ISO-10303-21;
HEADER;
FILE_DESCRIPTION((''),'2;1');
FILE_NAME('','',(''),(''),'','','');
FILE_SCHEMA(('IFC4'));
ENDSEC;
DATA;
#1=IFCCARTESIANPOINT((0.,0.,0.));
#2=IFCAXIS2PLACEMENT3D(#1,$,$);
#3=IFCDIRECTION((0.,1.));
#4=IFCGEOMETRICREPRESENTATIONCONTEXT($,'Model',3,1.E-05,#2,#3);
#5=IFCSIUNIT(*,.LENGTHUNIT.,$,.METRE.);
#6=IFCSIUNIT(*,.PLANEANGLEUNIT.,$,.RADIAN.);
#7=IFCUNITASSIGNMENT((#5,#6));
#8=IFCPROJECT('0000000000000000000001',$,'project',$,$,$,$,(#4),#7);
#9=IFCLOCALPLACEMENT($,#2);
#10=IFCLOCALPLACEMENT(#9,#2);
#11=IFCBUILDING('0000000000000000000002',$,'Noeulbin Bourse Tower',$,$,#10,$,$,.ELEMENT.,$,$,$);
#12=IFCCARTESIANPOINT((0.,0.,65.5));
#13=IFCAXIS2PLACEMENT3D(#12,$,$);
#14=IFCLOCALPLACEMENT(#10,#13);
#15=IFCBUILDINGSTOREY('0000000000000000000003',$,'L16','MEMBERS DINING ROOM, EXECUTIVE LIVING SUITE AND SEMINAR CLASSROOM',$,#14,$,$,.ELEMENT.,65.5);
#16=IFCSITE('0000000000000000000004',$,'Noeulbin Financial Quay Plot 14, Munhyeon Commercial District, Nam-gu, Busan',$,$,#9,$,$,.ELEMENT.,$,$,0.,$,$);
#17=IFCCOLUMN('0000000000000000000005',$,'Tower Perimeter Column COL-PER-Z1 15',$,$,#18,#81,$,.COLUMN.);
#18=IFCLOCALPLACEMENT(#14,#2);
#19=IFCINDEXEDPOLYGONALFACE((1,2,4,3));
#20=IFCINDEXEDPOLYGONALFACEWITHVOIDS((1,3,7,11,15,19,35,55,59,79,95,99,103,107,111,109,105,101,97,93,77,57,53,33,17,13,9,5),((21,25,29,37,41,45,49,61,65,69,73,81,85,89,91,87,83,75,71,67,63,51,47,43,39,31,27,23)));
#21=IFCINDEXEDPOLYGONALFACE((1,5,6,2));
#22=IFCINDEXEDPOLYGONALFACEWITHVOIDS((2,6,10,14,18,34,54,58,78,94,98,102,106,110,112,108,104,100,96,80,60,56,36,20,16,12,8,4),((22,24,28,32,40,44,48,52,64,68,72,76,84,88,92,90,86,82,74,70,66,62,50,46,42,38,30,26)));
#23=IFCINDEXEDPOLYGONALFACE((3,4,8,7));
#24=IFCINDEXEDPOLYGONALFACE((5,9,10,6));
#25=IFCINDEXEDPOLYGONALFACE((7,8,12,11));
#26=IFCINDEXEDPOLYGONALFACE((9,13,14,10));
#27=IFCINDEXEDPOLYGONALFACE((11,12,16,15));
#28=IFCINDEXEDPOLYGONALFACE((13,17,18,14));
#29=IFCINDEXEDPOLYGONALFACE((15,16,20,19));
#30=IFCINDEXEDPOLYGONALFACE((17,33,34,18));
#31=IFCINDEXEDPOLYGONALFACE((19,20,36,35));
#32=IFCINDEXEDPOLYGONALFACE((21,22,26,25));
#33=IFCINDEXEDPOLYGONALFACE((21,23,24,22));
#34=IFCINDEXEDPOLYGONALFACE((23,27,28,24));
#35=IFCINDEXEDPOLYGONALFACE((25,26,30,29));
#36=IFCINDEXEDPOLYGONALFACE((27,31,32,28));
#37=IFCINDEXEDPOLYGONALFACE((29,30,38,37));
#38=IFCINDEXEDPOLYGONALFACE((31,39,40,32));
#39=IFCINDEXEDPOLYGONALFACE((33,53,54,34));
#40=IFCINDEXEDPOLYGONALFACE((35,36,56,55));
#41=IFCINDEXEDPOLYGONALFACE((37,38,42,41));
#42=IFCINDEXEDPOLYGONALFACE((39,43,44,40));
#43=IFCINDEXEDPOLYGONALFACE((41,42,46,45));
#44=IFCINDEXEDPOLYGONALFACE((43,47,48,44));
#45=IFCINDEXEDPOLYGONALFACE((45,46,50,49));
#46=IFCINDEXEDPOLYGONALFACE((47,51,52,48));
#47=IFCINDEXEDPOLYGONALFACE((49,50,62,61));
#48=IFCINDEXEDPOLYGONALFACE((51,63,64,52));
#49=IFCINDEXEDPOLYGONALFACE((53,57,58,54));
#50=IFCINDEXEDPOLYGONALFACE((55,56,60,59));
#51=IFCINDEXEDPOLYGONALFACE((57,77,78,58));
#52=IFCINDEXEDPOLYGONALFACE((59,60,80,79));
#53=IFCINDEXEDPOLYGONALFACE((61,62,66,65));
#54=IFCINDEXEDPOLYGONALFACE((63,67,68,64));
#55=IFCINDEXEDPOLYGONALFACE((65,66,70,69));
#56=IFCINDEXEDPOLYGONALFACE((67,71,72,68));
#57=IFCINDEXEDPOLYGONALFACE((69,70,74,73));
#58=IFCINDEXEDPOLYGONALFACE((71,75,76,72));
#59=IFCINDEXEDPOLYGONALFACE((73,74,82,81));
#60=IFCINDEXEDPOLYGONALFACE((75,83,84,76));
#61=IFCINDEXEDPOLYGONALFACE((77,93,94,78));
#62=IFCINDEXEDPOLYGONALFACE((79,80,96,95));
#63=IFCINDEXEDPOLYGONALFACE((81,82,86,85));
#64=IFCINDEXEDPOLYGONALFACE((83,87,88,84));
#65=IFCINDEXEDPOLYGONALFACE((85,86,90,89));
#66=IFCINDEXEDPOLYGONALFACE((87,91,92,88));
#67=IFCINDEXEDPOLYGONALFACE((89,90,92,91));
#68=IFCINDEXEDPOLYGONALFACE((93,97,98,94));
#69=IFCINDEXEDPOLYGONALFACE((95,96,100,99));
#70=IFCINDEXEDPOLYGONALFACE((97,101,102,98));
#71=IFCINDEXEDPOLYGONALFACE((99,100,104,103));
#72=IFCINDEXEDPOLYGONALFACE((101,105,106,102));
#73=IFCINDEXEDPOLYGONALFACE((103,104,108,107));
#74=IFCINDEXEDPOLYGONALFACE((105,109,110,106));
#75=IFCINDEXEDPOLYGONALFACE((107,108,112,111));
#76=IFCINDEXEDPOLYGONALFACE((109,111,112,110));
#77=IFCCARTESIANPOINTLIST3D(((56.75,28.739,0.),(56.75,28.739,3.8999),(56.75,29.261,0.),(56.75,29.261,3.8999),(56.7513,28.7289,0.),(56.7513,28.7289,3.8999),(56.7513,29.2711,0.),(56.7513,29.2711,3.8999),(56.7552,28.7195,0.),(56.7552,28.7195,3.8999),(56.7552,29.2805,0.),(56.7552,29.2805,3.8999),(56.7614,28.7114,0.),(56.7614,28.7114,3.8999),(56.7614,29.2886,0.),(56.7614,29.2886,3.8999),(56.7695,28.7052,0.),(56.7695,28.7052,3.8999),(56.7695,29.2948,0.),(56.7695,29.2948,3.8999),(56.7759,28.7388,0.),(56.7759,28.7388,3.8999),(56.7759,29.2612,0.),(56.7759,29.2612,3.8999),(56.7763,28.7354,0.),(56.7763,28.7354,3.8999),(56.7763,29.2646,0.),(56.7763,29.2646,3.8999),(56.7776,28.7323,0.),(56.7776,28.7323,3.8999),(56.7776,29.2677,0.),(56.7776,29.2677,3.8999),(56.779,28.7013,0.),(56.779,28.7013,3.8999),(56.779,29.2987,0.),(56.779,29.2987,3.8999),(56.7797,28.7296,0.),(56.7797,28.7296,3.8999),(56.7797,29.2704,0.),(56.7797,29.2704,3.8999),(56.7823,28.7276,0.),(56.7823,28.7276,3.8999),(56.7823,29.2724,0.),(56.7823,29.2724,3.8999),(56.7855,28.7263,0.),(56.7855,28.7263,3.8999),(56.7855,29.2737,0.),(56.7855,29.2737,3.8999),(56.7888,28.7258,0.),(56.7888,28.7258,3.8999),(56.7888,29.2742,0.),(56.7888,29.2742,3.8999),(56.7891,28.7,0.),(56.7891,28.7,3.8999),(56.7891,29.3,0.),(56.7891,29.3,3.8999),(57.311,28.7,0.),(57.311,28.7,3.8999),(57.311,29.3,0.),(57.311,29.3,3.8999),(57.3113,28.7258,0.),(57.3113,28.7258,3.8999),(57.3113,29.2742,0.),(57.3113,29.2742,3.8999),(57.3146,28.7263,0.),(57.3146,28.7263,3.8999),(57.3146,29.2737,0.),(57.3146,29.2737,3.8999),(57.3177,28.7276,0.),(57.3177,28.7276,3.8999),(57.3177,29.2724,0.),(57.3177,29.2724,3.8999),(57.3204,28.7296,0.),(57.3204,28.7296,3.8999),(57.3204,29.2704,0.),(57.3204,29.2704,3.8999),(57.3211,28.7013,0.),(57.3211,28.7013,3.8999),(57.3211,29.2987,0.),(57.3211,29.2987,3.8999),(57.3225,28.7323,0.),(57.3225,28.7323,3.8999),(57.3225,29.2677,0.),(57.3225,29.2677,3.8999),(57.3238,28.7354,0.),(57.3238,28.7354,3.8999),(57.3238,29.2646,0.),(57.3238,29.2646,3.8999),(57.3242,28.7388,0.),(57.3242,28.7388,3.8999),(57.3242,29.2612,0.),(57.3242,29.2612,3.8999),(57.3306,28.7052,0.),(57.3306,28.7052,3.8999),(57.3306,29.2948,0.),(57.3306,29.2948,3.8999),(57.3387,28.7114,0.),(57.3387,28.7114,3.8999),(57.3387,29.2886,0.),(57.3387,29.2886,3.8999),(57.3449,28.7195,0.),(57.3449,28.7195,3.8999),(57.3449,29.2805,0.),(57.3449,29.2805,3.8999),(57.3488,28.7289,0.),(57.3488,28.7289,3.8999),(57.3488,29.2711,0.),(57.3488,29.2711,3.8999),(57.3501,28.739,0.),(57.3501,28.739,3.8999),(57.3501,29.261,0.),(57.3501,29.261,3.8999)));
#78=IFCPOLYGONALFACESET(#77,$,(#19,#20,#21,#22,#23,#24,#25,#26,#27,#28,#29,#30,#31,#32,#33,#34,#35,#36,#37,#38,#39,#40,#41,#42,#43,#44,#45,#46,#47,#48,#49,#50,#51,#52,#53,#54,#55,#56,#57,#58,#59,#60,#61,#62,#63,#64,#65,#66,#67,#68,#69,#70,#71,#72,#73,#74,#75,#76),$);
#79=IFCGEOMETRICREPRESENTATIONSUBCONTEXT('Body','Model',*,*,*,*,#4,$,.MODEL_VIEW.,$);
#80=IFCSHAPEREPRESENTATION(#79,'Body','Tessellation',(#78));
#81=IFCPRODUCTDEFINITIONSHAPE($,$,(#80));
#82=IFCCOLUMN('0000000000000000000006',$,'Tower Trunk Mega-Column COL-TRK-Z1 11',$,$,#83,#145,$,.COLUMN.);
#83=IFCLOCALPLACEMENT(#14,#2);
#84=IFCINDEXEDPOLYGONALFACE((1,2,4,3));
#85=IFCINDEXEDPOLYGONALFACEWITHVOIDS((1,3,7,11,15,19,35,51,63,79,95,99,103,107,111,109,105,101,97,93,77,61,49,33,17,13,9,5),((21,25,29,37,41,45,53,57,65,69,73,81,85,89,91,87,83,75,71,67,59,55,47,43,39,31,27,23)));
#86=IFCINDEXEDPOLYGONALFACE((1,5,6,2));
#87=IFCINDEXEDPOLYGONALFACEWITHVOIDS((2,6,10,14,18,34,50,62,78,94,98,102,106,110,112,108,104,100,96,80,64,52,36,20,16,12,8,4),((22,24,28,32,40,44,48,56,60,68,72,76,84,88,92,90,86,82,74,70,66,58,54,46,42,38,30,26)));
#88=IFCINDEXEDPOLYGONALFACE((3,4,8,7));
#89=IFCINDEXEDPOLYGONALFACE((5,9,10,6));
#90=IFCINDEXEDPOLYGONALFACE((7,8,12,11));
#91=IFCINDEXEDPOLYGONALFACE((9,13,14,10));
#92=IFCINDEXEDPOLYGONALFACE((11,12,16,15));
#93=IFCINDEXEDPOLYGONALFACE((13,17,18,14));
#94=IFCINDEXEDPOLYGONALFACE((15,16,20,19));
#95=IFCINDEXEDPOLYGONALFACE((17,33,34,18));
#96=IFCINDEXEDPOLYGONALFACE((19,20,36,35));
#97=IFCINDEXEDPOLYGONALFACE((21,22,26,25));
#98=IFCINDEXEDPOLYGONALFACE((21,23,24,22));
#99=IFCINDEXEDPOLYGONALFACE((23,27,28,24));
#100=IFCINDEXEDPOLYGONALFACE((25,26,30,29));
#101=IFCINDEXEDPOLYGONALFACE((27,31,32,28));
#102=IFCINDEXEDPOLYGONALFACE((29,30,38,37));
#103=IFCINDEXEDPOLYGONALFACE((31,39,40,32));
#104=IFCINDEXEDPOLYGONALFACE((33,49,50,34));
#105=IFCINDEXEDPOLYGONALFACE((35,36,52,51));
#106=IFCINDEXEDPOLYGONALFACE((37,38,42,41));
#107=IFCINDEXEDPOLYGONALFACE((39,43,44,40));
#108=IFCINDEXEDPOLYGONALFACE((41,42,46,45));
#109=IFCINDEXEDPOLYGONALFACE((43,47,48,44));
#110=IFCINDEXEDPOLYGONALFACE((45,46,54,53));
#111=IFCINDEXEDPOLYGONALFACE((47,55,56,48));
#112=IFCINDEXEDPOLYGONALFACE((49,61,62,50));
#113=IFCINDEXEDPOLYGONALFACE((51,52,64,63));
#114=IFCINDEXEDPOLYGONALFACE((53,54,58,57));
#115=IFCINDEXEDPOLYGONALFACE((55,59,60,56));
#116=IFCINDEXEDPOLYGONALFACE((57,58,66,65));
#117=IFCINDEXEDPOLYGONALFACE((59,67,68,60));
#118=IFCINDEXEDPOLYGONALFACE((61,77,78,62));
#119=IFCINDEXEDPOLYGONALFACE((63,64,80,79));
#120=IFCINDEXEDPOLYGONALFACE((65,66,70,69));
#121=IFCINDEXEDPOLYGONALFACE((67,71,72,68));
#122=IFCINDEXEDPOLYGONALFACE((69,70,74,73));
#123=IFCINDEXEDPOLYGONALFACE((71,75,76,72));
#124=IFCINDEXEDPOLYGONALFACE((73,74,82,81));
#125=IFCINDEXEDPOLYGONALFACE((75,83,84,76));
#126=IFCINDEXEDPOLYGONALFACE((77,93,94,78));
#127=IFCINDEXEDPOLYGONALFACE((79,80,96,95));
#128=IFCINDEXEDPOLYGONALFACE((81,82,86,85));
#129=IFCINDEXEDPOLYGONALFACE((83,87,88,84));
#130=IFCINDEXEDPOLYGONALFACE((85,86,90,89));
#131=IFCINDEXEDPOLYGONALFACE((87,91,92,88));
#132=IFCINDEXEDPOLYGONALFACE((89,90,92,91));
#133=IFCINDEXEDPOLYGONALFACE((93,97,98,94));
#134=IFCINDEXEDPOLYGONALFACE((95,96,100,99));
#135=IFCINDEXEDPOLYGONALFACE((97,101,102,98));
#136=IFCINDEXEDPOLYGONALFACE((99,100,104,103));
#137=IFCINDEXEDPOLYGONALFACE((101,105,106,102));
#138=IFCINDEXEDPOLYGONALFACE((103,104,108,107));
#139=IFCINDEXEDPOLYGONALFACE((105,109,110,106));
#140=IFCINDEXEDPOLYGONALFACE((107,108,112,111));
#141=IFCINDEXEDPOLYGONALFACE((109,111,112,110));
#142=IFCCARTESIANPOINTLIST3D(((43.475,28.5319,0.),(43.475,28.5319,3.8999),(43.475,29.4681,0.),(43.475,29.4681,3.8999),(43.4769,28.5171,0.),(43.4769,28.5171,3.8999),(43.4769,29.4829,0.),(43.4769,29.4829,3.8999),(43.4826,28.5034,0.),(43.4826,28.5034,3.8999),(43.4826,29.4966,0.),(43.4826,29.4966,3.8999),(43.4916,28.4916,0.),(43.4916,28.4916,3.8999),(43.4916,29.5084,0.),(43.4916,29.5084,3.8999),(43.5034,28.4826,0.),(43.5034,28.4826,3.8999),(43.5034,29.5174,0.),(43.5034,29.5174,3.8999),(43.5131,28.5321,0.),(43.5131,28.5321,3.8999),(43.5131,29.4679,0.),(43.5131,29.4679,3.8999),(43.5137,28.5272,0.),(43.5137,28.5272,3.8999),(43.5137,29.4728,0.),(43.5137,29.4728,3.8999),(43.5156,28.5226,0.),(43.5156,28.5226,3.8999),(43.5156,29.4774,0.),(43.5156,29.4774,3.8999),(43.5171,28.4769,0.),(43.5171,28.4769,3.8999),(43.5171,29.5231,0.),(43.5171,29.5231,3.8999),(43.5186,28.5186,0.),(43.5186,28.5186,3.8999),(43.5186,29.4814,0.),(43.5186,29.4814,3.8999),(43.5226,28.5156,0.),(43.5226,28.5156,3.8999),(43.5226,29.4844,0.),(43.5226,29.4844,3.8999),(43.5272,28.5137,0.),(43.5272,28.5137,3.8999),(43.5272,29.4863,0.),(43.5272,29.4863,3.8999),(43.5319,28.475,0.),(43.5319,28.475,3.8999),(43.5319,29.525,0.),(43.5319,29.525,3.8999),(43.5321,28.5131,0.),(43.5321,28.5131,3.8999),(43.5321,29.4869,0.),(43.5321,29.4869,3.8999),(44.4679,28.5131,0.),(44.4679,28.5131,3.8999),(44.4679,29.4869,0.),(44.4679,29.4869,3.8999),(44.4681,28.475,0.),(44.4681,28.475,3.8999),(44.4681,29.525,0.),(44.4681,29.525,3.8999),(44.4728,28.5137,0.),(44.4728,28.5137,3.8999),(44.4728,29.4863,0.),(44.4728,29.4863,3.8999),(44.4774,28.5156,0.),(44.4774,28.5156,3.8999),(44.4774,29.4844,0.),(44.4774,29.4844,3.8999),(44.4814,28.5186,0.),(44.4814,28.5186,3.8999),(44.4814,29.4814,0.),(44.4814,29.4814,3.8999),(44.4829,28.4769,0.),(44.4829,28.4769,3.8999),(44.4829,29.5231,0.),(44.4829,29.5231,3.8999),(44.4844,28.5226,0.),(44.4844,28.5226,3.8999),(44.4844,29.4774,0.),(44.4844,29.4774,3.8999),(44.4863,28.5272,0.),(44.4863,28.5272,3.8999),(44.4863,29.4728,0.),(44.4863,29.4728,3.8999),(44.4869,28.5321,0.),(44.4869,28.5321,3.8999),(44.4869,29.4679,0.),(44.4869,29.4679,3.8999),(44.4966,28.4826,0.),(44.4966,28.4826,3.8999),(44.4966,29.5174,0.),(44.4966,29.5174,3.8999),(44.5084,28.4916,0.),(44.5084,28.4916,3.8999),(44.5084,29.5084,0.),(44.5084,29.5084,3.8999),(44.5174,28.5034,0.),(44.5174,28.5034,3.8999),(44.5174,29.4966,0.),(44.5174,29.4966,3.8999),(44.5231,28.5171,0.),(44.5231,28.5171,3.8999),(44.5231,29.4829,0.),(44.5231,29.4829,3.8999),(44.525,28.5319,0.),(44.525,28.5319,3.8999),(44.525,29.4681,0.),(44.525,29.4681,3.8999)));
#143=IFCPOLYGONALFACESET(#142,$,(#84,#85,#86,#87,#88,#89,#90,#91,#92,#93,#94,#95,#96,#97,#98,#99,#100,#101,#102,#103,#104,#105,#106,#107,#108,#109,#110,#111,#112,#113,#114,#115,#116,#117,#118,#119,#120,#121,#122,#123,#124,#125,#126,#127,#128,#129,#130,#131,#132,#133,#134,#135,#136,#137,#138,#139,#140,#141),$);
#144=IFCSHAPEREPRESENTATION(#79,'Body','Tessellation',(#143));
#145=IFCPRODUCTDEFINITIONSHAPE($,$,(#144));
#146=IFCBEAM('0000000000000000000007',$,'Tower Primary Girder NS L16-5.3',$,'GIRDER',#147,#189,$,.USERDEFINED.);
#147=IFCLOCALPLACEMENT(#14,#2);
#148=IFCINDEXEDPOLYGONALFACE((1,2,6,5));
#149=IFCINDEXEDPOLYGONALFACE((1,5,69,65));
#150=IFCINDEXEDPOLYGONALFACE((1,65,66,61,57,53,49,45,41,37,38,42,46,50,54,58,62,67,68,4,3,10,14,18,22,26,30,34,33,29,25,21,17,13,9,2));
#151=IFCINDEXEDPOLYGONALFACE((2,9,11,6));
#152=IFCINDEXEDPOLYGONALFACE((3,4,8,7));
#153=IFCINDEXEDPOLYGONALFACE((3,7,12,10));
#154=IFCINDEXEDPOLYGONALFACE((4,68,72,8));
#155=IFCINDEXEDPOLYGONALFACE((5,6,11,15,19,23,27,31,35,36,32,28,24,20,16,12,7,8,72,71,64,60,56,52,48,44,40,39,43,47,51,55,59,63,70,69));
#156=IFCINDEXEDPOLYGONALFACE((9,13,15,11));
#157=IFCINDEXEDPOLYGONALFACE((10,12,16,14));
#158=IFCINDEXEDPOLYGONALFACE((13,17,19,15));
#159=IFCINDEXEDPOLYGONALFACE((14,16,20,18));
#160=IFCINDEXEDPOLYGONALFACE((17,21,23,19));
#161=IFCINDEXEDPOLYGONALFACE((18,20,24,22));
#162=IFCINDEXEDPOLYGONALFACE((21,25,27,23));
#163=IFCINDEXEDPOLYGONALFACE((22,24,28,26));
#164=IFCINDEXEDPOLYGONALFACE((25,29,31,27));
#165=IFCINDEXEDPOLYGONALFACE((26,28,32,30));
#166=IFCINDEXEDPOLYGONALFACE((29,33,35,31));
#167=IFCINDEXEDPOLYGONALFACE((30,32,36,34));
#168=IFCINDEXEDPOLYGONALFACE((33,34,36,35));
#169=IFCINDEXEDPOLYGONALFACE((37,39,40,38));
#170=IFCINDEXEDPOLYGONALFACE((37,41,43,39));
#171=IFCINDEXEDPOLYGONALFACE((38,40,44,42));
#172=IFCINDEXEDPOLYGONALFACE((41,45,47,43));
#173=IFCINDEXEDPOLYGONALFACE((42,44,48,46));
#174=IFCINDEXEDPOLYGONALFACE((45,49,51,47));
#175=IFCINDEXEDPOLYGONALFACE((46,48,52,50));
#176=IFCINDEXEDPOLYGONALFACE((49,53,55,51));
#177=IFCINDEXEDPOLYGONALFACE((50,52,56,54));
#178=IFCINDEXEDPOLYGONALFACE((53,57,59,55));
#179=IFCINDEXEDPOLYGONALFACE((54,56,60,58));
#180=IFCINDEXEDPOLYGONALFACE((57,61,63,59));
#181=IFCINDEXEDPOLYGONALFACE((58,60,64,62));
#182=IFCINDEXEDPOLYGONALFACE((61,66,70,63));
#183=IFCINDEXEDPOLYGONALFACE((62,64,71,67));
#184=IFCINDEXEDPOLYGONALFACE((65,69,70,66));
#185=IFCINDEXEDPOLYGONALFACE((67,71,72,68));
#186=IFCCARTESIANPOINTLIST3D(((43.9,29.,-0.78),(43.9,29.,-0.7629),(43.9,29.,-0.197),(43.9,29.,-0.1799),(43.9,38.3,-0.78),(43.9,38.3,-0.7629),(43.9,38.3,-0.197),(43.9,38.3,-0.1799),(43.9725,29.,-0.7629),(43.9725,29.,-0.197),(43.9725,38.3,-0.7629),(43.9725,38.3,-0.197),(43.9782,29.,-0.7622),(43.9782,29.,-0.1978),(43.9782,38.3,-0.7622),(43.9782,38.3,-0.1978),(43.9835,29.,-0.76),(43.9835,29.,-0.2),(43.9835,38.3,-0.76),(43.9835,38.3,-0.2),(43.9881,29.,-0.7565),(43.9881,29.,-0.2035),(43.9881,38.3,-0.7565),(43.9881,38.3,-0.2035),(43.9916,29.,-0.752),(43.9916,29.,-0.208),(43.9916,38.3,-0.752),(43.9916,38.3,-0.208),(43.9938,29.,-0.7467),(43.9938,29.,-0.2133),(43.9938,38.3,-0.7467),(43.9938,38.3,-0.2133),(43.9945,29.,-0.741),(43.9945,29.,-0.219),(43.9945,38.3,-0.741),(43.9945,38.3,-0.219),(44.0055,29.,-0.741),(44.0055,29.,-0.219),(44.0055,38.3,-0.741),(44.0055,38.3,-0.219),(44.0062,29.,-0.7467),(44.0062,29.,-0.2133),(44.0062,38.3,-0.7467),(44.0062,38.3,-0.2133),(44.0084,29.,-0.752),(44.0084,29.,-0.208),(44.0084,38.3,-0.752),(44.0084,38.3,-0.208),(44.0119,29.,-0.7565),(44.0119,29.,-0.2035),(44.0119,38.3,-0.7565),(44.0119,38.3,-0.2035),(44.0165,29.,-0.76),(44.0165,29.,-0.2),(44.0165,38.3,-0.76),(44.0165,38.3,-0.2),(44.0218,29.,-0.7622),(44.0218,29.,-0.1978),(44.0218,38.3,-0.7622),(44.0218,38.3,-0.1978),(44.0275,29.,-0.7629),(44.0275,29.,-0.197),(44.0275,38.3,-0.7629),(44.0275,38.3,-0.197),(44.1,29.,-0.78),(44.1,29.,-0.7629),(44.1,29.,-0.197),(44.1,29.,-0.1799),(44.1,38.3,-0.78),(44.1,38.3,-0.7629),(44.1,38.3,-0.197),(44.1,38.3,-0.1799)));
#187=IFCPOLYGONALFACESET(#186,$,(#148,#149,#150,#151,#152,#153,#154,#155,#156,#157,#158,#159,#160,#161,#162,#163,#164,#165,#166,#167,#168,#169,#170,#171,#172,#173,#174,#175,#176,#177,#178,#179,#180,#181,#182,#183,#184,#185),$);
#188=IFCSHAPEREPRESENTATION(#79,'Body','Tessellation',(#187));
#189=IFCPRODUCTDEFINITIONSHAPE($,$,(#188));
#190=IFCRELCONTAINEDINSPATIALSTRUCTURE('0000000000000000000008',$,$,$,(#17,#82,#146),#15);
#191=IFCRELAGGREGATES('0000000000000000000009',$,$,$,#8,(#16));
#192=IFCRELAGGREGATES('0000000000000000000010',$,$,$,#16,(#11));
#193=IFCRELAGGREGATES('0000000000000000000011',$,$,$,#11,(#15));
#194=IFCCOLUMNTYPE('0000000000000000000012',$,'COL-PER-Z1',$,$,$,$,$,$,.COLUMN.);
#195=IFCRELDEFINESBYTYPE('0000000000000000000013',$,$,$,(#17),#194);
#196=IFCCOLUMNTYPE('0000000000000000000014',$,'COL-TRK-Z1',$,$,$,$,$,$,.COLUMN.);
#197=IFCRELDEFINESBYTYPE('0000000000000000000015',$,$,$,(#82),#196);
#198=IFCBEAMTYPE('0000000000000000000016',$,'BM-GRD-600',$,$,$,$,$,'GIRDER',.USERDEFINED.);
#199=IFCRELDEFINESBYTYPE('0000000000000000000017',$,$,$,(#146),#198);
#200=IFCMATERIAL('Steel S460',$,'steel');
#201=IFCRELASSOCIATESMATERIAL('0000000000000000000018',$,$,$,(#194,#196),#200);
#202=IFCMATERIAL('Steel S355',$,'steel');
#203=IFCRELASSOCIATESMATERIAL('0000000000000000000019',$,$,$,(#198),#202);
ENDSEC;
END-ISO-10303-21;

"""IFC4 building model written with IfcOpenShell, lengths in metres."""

from ifc_helpers import new_model, si_unit, direction, frame, origin, origin_2d, place, context, subcontext, project, spatial, hollow_rectangle, i_section, extrude, material, material_profile, profile_set, type_object, element, save


model = new_model("IFC4")

# Units and contexts
model_context = context("Model", 3, precision=1e-05, world=origin(), true_north=direction((0.0, 1.0)))
body_context = subcontext(model_context, "Body", "Model", "MODEL_VIEW")
ifc_project = project(units=[si_unit("LENGTHUNIT", "METRE"), si_unit("PLANEANGLEUNIT", "RADIAN")], contexts=[model_context])

# Site, building, storey
site_placement = place(None, origin())
site = spatial("IfcSite", under=ifc_project, at=site_placement, Name="Noeulbin Financial Quay Plot 14, Munhyeon Commercial District, Nam-gu, Busan", CompositionType="ELEMENT", RefElevation=0.0)
building_placement = place(site_placement, origin())
building = spatial("IfcBuilding", under=site, at=building_placement, Name="Noeulbin Bourse Tower", CompositionType="ELEMENT")
storey_placement = place(building_placement, frame((0.0, 0.0, 65.5)))
storey = spatial("IfcBuildingStorey", under=building, at=storey_placement, Name="L16", Description="MEMBERS DINING ROOM, EXECUTIVE LIVING SUITE AND SEMINAR CLASSROOM", CompositionType="ELEMENT", Elevation=65.5)

# Columns
ifc_material_1 = material(Name="Steel S460", Category="steel")
ifc_material_profile_1 = material_profile(ifc_material_1, hollow_rectangle(XDim=0.6001, YDim=0.6001, WallThickness=0.0259, InnerFilletRadius=0.0129, OuterFilletRadius=0.0391, at=origin_2d()), Name="BOX-600x600x26", Category="LoadBearing")
ifc_profile_set_1 = profile_set([ifc_material_profile_1], Name="Steel S460")
column_type_1 = type_object("IfcColumnType", Name="COL-PER-Z1", PredefinedType="COLUMN", material=ifc_profile_set_1)
column_1_placement = place(storey_placement, frame((57.05, 29.0, 0.0), z_axis=(0.0, 0.0, 1.0), x_axis=(1.0, 0.0, 0.0)))
element("IfcColumn", 1, at=column_1_placement, inside=storey, type_object=column_type_1, Name="Tower Perimeter Column COL-PER-Z1 15", PredefinedType="COLUMN", context=body_context, shape_type="SweptSolid", body=[
    extrude(hollow_rectangle(XDim=0.6001, YDim=0.6001, WallThickness=0.0259, InnerFilletRadius=0.0129, OuterFilletRadius=0.0391, at=origin_2d()), origin(), (0.0, 0.0, 1.0), 3.8999),
])
ifc_material_profile_2 = material_profile(ifc_material_1, hollow_rectangle(XDim=1.05, YDim=1.05, WallThickness=0.0381, InnerFilletRadius=0.019, OuterFilletRadius=0.0569, at=origin_2d()), Name="BOX-1050x1050x38", Category="LoadBearing")
ifc_profile_set_2 = profile_set([ifc_material_profile_2], Name="Steel S460")
column_type_2 = type_object("IfcColumnType", Name="COL-TRK-Z1", PredefinedType="COLUMN", material=ifc_profile_set_2)
column_2_placement = place(storey_placement, frame((44.0, 29.0, 0.0), z_axis=(0.0, 0.0, 1.0), x_axis=(1.0, 0.0, 0.0)))
element("IfcColumn", 2, at=column_2_placement, inside=storey, type_object=column_type_2, Name="Tower Trunk Mega-Column COL-TRK-Z1 11", PredefinedType="COLUMN", context=body_context, shape_type="SweptSolid", body=[
    extrude(hollow_rectangle(XDim=1.05, YDim=1.05, WallThickness=0.0381, InnerFilletRadius=0.019, OuterFilletRadius=0.0569, at=origin_2d()), origin(), (0.0, 0.0, 1.0), 3.8999),
])

# Beam
ifc_material_2 = material(Name="Steel S355", Category="steel")
ifc_material_profile_3 = material_profile(ifc_material_2, i_section(OverallWidth=0.2, OverallDepth=0.6001, WebThickness=0.011, FlangeThickness=0.0171, FilletRadius=0.022, at=origin_2d()), Name="H-600x200x11x17", Category="LoadBearing")
ifc_profile_set_3 = profile_set([ifc_material_profile_3], Name="Steel S355")
beam_type_1 = type_object("IfcBeamType", Name="BM-GRD-600", ElementType="GIRDER", PredefinedType="USERDEFINED", material=ifc_profile_set_3)
beam_1_placement = place(storey_placement, frame((44.0, 29.0, -0.48), z_axis=(0.0, 1.0, 0.0), x_axis=(-1.0, 0.0, 0.0)))
element("IfcBeam", 3, at=beam_1_placement, inside=storey, type_object=beam_type_1, Name="Tower Primary Girder NS L16-5.3", ObjectType="GIRDER", PredefinedType="USERDEFINED", context=body_context, shape_type="SweptSolid", body=[
    extrude(i_section(OverallWidth=0.2, OverallDepth=0.6001, WebThickness=0.011, FlangeThickness=0.0171, FilletRadius=0.022, at=origin_2d()), origin(), (0.0, 0.0, 1.0), 9.3),
])

save(model, "model.ifc")
